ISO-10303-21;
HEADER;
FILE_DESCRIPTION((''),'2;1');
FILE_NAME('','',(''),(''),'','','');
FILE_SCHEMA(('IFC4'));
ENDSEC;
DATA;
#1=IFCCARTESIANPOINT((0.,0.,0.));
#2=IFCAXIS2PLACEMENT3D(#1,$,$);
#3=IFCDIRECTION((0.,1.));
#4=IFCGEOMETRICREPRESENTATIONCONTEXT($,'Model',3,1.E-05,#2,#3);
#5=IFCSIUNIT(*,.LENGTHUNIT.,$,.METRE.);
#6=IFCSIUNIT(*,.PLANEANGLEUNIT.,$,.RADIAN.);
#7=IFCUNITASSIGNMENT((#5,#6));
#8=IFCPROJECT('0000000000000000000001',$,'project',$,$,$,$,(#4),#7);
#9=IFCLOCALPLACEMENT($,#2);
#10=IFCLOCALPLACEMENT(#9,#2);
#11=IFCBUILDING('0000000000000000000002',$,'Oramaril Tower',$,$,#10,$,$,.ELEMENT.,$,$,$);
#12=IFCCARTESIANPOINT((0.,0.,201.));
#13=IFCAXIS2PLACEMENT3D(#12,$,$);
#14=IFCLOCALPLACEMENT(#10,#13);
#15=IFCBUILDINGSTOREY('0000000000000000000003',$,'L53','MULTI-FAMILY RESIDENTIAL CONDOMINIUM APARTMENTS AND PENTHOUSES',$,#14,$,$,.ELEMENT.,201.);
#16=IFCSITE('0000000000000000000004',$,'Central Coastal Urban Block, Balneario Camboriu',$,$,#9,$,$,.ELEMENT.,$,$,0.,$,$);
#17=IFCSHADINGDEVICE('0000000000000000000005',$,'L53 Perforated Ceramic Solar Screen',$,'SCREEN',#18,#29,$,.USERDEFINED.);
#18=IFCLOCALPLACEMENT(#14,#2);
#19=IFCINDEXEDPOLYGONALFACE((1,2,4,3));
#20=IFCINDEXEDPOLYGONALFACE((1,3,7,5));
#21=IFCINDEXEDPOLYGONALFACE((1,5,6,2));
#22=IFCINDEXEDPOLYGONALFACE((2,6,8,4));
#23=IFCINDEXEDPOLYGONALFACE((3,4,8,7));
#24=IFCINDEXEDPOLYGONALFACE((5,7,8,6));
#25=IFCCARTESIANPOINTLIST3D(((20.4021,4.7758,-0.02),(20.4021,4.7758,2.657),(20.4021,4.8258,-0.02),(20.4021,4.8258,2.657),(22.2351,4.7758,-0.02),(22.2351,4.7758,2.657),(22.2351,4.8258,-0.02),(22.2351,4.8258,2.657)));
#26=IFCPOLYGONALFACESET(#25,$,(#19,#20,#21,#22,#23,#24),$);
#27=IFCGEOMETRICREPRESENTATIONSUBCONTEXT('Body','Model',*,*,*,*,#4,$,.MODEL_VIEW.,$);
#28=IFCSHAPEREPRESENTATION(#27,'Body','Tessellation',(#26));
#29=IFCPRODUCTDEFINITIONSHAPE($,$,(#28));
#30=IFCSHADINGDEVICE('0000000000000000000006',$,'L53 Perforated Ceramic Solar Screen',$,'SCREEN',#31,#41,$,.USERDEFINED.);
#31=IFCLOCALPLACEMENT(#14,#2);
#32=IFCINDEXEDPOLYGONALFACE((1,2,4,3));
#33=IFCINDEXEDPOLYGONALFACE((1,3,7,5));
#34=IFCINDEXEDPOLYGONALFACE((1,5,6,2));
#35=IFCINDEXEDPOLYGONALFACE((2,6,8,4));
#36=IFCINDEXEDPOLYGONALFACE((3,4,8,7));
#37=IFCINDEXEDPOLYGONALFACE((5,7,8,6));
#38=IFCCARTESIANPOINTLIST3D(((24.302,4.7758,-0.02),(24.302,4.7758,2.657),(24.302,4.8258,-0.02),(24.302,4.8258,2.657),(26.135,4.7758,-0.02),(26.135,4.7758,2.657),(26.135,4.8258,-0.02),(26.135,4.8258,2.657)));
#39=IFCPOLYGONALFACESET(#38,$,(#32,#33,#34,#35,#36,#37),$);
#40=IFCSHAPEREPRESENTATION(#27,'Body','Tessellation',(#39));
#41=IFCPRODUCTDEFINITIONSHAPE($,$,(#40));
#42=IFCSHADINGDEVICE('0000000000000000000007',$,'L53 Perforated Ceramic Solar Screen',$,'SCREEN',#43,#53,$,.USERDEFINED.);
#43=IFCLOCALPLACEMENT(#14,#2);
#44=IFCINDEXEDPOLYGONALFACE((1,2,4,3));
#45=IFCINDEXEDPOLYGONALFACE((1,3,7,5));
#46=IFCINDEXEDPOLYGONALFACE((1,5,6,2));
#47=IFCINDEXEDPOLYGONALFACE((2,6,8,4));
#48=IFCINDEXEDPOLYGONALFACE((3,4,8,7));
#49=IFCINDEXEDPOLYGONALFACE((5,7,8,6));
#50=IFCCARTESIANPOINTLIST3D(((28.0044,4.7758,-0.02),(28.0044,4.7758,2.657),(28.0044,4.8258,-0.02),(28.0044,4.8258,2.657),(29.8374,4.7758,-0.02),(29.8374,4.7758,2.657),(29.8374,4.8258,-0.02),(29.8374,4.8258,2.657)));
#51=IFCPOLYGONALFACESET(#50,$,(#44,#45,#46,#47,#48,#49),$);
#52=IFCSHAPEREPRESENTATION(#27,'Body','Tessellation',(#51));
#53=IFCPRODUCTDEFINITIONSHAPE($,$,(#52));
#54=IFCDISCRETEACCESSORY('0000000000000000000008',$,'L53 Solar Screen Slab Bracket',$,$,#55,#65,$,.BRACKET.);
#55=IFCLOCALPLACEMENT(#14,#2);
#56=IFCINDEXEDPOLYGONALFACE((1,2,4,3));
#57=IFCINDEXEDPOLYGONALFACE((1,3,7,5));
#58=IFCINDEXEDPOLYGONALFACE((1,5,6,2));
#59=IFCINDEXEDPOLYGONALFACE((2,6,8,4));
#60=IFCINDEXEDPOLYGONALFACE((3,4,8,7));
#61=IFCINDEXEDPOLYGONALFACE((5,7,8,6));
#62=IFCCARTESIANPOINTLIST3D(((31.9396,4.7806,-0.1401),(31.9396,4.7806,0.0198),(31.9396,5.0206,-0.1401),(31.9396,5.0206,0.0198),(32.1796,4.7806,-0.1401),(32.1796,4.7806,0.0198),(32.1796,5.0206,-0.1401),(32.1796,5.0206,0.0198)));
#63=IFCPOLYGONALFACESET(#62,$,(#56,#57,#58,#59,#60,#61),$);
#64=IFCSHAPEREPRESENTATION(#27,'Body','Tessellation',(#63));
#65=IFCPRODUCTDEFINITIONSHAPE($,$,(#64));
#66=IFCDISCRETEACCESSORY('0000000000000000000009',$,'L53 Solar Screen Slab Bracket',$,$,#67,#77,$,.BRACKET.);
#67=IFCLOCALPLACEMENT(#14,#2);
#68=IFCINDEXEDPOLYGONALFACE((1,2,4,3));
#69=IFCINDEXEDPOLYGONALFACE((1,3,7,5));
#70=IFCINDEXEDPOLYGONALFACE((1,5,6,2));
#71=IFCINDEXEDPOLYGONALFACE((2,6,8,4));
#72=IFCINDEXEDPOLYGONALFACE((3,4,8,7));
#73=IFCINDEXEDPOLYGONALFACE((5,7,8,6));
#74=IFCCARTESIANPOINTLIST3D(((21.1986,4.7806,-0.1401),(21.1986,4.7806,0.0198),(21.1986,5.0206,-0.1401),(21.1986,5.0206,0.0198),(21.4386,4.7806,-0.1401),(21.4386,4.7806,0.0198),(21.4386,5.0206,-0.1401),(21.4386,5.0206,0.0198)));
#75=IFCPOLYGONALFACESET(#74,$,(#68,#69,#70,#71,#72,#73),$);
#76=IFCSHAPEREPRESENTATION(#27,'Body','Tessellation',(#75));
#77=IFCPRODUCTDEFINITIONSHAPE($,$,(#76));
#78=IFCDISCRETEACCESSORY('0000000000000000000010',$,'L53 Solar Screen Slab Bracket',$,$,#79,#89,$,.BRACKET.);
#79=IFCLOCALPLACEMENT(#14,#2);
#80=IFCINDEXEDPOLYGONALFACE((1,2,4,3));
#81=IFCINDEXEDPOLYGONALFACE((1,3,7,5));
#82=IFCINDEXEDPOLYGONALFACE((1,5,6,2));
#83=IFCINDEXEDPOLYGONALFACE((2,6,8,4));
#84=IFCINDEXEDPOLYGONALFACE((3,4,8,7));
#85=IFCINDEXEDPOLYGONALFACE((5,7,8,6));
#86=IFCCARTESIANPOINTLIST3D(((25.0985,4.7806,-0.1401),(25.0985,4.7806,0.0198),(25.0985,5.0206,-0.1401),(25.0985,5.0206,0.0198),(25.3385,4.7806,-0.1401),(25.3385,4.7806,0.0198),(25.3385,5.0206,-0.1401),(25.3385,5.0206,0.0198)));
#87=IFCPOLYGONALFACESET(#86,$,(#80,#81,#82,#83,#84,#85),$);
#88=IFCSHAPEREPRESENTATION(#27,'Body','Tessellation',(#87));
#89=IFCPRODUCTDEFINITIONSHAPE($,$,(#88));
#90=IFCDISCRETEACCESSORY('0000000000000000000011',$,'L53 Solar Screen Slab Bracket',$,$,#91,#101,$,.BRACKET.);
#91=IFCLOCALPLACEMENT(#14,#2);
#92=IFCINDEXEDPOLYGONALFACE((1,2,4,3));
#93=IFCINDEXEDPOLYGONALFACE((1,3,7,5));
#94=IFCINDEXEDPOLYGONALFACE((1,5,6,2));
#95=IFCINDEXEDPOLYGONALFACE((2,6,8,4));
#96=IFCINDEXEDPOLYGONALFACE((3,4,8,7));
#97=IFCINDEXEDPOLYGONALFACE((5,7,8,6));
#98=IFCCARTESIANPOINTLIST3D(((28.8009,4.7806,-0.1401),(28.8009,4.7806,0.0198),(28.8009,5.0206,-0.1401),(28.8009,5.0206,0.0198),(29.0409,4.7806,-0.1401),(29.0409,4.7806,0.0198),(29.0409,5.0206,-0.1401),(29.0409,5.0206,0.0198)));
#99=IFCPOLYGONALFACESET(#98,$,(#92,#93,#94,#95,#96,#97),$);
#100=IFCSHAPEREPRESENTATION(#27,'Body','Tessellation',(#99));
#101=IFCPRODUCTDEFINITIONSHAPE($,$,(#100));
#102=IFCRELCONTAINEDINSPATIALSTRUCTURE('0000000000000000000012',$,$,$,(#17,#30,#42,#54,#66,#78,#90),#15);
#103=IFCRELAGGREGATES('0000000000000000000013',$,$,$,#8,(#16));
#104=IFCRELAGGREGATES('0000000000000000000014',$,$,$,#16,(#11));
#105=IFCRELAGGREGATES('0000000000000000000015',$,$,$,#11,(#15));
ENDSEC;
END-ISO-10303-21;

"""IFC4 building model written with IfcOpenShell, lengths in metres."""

from ifc_helpers import new_model, si_unit, direction, frame, origin, origin_2d, place, context, subcontext, project, spatial, rectangle, extrude, element, save


model = new_model("IFC4")

# Units and contexts
model_context = context("Model", 3, precision=1e-05, world=origin(), true_north=direction((0.0, 1.0)))
body_context = subcontext(model_context, "Body", "Model", "MODEL_VIEW")
ifc_project = project(units=[si_unit("LENGTHUNIT", "METRE"), si_unit("PLANEANGLEUNIT", "RADIAN")], contexts=[model_context])

# Site, building, storey
site_placement = place(None, origin())
site = spatial("IfcSite", under=ifc_project, at=site_placement, Name="Central Coastal Urban Block, Balneario Camboriu", CompositionType="ELEMENT", RefElevation=0.0)
building_placement = place(site_placement, origin())
building = spatial("IfcBuilding", under=site, at=building_placement, Name="Oramaril Tower", CompositionType="ELEMENT")
storey_placement = place(building_placement, frame((0.0, 0.0, 201.0)))
storey = spatial("IfcBuildingStorey", under=building, at=storey_placement, Name="L53", Description="MULTI-FAMILY RESIDENTIAL CONDOMINIUM APARTMENTS AND PENTHOUSES", CompositionType="ELEMENT", Elevation=201.0)

# Shading devices
for number, where, z_axis, x_axis, name in (
    (1, (21.3186, 4.8008, -0.02), (0.0, 0.0, 1.0), (1.0, 0.0, 0.0), "L53 Perforated Ceramic Solar Screen"),
    (2, (25.2185, 4.8008, -0.02), (0.0, 0.0, 1.0), (1.0, 0.0, 0.0), "L53 Perforated Ceramic Solar Screen"),
    (3, (28.9209, 4.8008, -0.02), (0.0, 0.0, 1.0), (1.0, 0.0, 0.0), "L53 Perforated Ceramic Solar Screen"),
):
    element("IfcShadingDevice", number, at=place(storey_placement, frame(where, z_axis=z_axis, x_axis=x_axis)), inside=storey, Name=name, ObjectType="SCREEN", PredefinedType="USERDEFINED", context=body_context, shape_type="SweptSolid", body=[
        extrude(rectangle(XDim=1.833, YDim=0.05, at=origin_2d()), origin(), (0.0, 0.0, 1.0), 2.677),
    ])

# Discrete accessories
for number, where, z_axis, x_axis, name in (
    (4, (32.0596, 4.9006, -0.1401), (0.0, 0.0, 1.0), (1.0, 0.0, 0.0), "L53 Solar Screen Slab Bracket"),
    (5, (21.3186, 4.9006, -0.1401), (0.0, 0.0, 1.0), (1.0, 0.0, 0.0), "L53 Solar Screen Slab Bracket"),
    (6, (25.2185, 4.9006, -0.1401), (0.0, 0.0, 1.0), (1.0, 0.0, 0.0), "L53 Solar Screen Slab Bracket"),
    (7, (28.9209, 4.9006, -0.1401), (0.0, 0.0, 1.0), (1.0, 0.0, 0.0), "L53 Solar Screen Slab Bracket"),
):
    element("IfcDiscreteAccessory", number, at=place(storey_placement, frame(where, z_axis=z_axis, x_axis=x_axis)), inside=storey, Name=name, PredefinedType="BRACKET", context=body_context, shape_type="SweptSolid", body=[
        extrude(rectangle(XDim=0.24, YDim=0.24, at=origin_2d()), origin(), (0.0, 0.0, 1.0), 0.1599),
    ])

save(model, "model.ifc")
